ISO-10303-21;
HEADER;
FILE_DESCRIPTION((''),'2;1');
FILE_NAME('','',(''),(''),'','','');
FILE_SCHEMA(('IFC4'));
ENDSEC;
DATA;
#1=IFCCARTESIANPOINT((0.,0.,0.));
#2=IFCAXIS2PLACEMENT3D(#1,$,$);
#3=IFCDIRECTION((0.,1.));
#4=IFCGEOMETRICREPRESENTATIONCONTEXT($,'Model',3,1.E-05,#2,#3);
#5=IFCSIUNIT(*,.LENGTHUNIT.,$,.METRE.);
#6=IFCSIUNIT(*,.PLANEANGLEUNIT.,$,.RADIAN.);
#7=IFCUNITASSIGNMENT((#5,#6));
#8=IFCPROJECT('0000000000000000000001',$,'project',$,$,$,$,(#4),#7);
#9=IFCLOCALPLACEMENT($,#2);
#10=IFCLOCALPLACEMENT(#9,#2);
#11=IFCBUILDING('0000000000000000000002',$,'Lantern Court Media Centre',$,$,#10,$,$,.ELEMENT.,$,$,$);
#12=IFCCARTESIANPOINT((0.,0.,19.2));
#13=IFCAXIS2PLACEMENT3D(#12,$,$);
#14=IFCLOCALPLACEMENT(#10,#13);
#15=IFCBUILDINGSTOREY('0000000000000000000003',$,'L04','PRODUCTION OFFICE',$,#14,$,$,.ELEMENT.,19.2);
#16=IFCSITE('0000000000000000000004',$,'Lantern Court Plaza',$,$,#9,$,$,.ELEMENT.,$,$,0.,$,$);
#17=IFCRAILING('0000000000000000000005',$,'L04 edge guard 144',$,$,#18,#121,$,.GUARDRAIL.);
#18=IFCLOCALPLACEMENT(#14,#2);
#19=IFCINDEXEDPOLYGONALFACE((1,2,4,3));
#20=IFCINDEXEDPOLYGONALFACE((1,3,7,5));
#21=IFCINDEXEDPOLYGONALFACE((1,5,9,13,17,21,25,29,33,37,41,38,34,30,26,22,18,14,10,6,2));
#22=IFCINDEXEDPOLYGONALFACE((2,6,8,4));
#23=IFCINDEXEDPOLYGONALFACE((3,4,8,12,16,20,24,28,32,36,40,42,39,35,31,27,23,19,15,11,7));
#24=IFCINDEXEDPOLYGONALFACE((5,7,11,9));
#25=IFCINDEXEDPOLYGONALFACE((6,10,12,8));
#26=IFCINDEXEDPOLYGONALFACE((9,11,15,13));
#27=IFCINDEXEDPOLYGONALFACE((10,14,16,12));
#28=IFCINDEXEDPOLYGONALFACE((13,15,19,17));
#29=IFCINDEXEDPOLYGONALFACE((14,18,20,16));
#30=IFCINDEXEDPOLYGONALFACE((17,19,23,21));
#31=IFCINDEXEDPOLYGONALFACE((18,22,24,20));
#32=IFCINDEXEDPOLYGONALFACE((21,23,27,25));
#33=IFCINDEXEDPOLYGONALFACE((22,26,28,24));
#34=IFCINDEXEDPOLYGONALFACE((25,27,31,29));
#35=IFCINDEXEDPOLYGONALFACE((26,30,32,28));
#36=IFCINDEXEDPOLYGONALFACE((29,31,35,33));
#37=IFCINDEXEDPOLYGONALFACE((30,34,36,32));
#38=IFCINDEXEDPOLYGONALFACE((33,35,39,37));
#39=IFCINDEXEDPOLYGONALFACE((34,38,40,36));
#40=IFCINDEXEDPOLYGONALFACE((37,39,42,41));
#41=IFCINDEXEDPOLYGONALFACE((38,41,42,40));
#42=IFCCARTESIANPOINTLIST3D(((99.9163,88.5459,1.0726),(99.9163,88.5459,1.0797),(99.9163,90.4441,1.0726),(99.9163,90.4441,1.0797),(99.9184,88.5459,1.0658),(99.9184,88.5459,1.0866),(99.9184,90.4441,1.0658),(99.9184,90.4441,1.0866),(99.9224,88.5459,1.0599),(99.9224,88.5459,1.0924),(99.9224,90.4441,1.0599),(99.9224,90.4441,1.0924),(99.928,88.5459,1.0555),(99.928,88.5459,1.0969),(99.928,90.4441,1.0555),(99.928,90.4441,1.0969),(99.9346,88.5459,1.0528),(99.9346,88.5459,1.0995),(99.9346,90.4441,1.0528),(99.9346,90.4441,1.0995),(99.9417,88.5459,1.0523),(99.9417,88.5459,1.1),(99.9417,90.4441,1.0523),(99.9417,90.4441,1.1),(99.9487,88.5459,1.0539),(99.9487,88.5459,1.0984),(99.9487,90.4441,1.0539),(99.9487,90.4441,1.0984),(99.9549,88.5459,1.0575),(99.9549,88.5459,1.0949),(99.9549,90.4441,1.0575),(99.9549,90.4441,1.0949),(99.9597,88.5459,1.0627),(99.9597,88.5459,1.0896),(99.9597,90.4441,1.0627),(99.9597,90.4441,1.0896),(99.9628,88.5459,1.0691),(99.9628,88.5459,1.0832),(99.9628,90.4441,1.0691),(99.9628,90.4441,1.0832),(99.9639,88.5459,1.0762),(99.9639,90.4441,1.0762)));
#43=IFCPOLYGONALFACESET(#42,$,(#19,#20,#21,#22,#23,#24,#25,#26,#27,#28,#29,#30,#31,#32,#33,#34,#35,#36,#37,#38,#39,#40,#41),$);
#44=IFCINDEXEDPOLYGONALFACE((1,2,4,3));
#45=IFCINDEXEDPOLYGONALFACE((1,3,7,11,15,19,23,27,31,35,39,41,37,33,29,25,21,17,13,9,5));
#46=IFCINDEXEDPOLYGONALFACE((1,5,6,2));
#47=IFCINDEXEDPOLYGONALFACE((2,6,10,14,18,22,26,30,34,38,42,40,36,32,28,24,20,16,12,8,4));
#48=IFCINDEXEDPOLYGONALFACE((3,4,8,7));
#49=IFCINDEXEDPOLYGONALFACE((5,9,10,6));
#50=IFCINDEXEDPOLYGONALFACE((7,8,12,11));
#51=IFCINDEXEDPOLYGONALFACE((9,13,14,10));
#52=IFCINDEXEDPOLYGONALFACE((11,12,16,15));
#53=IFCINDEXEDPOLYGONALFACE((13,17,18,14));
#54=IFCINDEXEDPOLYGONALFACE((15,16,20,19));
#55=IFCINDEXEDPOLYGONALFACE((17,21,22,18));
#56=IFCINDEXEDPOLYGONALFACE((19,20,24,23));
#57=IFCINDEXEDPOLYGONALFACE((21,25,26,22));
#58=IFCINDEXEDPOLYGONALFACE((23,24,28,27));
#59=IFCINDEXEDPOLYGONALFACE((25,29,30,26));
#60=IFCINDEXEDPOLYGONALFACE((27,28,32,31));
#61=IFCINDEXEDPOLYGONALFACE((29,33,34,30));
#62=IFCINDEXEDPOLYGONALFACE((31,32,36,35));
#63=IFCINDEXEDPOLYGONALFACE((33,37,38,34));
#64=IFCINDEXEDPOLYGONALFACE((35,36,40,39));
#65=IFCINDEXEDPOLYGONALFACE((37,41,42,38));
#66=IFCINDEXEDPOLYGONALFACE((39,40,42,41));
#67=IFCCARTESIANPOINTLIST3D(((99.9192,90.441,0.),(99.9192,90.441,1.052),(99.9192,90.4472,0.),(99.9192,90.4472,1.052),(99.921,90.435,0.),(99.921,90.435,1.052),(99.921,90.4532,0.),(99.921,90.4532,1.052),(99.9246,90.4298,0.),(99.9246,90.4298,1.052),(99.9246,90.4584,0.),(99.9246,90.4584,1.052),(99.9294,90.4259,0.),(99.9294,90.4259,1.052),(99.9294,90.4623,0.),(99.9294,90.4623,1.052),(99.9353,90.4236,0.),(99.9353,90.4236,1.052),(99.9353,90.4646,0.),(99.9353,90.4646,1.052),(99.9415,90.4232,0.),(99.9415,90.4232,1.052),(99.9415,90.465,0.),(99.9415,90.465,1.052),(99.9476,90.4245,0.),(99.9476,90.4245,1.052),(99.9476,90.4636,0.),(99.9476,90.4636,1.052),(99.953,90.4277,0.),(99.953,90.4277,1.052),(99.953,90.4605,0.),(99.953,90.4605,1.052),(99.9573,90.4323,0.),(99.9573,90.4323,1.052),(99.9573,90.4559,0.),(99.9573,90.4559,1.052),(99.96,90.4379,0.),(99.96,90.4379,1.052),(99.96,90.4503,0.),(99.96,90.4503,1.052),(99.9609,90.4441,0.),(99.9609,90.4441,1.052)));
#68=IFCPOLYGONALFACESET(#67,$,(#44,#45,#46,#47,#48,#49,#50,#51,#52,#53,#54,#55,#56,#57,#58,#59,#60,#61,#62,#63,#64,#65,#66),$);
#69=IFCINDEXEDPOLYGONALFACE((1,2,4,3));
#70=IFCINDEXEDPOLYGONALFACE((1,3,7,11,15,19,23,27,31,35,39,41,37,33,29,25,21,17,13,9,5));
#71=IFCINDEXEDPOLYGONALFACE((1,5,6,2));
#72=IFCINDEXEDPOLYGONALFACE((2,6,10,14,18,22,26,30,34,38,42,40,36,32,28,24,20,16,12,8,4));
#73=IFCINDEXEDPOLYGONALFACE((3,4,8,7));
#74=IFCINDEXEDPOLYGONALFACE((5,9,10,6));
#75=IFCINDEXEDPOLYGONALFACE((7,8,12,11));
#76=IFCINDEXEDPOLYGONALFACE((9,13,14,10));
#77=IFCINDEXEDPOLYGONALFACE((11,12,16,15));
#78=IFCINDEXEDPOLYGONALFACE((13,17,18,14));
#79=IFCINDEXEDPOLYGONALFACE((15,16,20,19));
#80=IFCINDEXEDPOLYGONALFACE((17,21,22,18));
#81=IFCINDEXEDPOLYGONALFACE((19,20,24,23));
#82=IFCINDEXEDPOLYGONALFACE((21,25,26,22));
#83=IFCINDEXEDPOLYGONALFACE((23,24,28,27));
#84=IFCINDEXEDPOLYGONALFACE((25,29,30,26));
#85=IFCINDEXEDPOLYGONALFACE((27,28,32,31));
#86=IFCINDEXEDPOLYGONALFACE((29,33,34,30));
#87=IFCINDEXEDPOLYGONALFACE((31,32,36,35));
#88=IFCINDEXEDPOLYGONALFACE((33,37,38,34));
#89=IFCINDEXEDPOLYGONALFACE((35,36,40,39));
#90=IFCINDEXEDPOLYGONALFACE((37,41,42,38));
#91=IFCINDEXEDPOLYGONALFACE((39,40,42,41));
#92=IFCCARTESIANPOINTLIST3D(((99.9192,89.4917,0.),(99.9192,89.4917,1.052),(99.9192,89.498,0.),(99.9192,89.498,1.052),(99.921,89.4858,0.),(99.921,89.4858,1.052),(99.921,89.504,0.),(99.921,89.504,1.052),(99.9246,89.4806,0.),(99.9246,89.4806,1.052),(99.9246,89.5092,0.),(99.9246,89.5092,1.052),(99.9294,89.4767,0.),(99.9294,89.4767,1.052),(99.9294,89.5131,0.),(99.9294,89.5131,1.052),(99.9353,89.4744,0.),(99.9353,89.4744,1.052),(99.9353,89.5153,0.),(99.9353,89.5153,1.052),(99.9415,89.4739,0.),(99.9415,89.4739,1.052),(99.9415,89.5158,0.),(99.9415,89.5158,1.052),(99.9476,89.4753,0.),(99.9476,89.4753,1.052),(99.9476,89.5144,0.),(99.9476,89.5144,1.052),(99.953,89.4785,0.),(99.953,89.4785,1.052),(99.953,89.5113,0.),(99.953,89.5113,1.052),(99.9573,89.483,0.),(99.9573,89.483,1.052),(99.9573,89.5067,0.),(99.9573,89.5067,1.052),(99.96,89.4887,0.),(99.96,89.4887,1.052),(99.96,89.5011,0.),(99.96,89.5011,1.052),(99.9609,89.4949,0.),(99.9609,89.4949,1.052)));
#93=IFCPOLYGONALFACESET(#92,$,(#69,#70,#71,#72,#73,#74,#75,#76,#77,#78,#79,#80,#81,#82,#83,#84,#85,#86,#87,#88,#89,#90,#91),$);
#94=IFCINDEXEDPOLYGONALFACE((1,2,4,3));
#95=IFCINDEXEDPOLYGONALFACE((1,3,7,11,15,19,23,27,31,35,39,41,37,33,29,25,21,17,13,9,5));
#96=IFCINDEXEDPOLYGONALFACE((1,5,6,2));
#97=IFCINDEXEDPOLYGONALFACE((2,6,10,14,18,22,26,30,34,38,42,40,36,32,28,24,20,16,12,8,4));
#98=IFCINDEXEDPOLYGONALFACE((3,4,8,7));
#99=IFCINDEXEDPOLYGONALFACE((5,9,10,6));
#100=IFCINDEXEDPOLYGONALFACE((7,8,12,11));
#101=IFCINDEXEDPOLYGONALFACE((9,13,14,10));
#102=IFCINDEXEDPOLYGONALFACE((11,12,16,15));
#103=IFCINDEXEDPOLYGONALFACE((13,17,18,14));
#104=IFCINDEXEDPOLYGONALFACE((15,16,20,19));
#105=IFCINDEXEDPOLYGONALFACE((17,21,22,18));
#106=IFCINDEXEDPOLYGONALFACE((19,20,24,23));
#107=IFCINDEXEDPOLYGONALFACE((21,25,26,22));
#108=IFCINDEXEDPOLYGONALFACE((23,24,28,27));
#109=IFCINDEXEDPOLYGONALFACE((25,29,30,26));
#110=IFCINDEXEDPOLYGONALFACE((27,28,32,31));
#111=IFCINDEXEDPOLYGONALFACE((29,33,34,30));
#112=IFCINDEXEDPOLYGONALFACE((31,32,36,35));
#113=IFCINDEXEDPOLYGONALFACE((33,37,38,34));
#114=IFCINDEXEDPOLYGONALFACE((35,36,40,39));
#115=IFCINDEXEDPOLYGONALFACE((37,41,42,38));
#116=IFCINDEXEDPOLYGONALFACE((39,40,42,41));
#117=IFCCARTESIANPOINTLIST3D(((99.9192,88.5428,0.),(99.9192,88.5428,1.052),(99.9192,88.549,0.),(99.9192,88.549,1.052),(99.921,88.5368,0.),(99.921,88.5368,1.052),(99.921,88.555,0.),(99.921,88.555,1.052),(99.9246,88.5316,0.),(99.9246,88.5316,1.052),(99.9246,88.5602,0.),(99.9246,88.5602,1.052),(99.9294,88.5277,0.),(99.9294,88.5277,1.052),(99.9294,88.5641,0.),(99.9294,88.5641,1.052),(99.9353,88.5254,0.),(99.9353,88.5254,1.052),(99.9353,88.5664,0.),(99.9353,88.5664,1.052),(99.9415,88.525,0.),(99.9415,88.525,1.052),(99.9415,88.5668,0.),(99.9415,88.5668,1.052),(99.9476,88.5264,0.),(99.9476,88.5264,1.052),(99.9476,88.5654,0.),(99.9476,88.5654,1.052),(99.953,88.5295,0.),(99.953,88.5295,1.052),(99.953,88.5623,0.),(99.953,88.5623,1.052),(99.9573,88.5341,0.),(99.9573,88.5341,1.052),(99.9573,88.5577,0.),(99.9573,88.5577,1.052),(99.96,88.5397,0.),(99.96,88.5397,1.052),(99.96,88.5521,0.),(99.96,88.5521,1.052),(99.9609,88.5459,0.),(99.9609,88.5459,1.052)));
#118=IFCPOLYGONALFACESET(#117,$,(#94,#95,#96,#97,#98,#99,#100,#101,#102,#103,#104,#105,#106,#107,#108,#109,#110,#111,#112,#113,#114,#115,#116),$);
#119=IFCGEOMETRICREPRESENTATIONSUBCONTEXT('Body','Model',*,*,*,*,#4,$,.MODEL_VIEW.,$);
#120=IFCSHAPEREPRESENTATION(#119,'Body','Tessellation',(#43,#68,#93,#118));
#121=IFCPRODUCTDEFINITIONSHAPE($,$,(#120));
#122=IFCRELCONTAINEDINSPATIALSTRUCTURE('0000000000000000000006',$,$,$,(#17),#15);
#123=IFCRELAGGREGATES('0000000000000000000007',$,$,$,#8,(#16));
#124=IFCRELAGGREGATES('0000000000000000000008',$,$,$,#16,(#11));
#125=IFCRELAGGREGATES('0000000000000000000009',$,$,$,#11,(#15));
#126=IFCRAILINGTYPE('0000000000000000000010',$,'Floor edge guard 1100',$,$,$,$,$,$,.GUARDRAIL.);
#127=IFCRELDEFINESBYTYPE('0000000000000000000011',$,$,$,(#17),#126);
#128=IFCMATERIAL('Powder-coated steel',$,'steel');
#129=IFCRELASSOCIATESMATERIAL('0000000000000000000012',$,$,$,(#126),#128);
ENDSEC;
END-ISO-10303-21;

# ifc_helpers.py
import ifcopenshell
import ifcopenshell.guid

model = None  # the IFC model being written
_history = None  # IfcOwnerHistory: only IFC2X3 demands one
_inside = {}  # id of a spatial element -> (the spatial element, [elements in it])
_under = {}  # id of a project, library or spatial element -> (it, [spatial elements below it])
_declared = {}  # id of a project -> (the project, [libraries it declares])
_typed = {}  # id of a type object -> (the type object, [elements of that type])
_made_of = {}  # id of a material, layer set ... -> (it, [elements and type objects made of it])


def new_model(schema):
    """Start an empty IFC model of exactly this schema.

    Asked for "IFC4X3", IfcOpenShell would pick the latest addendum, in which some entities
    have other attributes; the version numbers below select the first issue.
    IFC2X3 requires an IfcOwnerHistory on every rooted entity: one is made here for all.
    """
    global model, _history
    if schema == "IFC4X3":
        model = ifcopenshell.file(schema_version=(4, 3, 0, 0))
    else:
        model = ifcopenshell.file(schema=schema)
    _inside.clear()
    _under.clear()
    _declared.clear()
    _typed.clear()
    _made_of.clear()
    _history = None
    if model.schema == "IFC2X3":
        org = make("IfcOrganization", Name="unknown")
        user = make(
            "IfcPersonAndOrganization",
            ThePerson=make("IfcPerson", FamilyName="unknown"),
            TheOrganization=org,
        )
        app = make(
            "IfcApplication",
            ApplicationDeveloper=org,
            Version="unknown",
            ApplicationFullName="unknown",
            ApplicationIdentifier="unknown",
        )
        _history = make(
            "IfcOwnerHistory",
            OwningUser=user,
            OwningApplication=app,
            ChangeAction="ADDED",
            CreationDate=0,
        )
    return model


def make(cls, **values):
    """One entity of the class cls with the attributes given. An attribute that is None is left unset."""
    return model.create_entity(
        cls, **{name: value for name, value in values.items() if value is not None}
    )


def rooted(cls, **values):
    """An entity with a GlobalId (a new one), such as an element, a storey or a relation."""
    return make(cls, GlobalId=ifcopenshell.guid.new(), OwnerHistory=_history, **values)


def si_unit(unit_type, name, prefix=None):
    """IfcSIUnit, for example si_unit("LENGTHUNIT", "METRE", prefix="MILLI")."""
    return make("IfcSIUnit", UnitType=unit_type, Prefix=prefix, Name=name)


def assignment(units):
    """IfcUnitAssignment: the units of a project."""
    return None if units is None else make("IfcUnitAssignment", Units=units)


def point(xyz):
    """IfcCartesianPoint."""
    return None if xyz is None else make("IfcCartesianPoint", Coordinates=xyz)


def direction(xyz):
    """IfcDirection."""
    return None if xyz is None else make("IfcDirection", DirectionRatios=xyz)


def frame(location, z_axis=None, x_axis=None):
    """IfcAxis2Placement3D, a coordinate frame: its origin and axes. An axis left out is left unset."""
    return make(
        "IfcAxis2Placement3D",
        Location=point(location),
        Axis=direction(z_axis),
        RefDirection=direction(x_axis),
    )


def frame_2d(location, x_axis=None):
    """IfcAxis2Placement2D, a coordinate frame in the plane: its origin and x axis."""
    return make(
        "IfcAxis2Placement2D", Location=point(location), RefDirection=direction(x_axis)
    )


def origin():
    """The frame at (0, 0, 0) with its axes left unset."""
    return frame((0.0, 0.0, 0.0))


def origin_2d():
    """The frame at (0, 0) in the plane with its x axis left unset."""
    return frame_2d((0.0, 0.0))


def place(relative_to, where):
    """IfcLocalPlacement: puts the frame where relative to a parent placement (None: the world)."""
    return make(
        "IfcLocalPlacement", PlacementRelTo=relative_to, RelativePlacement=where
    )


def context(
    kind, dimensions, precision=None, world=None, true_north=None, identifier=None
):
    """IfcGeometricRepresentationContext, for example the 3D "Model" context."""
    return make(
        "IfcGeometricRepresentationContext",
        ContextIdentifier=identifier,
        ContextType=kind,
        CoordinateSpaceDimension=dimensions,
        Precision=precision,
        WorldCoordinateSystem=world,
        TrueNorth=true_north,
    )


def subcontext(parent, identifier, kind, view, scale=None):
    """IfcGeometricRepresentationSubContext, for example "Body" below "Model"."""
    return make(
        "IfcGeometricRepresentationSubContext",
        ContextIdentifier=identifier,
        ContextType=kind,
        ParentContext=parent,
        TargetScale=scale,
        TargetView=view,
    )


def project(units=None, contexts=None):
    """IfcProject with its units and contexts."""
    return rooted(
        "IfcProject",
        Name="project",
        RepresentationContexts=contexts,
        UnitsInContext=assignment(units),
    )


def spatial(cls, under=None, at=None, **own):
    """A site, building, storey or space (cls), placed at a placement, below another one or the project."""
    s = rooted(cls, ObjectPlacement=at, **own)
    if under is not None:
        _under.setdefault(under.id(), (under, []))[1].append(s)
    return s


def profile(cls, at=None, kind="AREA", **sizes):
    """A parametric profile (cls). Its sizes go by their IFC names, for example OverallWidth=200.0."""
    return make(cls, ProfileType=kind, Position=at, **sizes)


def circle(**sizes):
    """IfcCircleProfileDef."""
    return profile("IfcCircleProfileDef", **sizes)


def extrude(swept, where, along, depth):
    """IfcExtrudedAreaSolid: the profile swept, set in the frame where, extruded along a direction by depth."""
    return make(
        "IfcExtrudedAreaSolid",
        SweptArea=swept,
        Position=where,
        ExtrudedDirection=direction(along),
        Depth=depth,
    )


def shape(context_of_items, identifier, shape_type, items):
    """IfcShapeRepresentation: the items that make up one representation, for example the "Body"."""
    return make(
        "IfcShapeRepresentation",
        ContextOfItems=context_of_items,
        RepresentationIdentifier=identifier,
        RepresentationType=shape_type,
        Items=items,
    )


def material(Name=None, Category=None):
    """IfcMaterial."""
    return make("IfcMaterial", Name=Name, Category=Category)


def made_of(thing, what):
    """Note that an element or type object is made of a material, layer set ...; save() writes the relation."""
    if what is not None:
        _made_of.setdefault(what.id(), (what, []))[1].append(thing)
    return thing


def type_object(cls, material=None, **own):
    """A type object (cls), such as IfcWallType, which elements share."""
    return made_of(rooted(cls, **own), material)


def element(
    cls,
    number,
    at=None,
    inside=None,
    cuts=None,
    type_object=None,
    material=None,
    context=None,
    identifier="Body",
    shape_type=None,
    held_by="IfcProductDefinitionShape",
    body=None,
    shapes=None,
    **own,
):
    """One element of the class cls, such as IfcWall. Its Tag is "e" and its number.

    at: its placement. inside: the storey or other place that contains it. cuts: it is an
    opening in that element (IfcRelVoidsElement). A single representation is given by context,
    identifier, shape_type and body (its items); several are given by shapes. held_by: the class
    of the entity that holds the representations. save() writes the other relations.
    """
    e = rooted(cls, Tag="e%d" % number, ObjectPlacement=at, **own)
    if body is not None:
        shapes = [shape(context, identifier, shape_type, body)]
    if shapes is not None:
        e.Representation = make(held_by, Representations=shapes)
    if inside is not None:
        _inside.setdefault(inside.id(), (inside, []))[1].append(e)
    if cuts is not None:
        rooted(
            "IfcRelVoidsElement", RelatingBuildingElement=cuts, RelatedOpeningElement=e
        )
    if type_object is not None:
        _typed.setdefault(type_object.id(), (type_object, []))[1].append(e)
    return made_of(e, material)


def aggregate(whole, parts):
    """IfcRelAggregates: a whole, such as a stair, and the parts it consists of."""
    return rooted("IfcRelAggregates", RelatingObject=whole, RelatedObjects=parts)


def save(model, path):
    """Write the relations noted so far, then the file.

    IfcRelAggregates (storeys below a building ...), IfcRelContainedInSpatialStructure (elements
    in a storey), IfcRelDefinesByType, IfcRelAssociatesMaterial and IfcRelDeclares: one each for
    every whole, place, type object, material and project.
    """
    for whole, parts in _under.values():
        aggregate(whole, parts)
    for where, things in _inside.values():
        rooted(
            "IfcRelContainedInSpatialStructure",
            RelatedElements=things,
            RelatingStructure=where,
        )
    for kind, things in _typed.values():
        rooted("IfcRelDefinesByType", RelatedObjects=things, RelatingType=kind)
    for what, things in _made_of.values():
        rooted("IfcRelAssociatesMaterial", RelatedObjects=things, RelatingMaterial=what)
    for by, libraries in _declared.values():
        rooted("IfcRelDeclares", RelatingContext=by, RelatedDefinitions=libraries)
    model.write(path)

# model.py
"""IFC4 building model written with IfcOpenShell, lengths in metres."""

from ifc_helpers import new_model, si_unit, direction, frame, origin, origin_2d, place, context, subcontext, project, spatial, circle, extrude, material, type_object, element, save


model = new_model("IFC4")

# Units and contexts
model_context = context("Model", 3, precision=1e-05, world=origin(), true_north=direction((0.0, 1.0)))
body_context = subcontext(model_context, "Body", "Model", "MODEL_VIEW")
ifc_project = project(units=[si_unit("LENGTHUNIT", "METRE"), si_unit("PLANEANGLEUNIT", "RADIAN")], contexts=[model_context])

# Site, building, storey
site_placement = place(None, origin())
site = spatial("IfcSite", under=ifc_project, at=site_placement, Name="Lantern Court Plaza", CompositionType="ELEMENT", RefElevation=0.0)
building_placement = place(site_placement, origin())
building = spatial("IfcBuilding", under=site, at=building_placement, Name="Lantern Court Media Centre", CompositionType="ELEMENT")
storey_placement = place(building_placement, frame((0.0, 0.0, 19.2)))
storey = spatial("IfcBuildingStorey", under=building, at=storey_placement, Name="L04", Description="PRODUCTION OFFICE", CompositionType="ELEMENT", Elevation=19.2)

# Railing
ifc_material_1 = material(Name="Powder-coated steel", Category="steel")
railing_type = type_object("IfcRailingType", Name="Floor edge guard 1100", PredefinedType="GUARDRAIL", material=ifc_material_1)
railing_1_placement = place(storey_placement, frame((99.9399, 90.4441, 0.0)))
element("IfcRailing", 1, at=railing_1_placement, inside=storey, type_object=railing_type, Name="L04 edge guard 144", PredefinedType="GUARDRAIL", context=body_context, shape_type="SweptSolid", body=[
    extrude(circle(Radius=0.0239, at=origin_2d()), frame((0.0, 0.0, 1.0762), z_axis=(0.0, -1.0, 0.0), x_axis=(1.0, 0.0, 0.0)), (0.0, 0.0, 1.0), 1.8982),
    extrude(circle(Radius=0.021, at=origin_2d()), origin(), (0.0, 0.0, 1.0), 1.052),
    extrude(circle(Radius=0.021, at=origin_2d()), frame((0.0, -0.9492, 0.0)), (0.0, 0.0, 1.0), 1.052),
    extrude(circle(Radius=0.021, at=origin_2d()), frame((0.0, -1.8982, 0.0)), (0.0, 0.0, 1.0), 1.052),
])

save(model, "model.ifc")
